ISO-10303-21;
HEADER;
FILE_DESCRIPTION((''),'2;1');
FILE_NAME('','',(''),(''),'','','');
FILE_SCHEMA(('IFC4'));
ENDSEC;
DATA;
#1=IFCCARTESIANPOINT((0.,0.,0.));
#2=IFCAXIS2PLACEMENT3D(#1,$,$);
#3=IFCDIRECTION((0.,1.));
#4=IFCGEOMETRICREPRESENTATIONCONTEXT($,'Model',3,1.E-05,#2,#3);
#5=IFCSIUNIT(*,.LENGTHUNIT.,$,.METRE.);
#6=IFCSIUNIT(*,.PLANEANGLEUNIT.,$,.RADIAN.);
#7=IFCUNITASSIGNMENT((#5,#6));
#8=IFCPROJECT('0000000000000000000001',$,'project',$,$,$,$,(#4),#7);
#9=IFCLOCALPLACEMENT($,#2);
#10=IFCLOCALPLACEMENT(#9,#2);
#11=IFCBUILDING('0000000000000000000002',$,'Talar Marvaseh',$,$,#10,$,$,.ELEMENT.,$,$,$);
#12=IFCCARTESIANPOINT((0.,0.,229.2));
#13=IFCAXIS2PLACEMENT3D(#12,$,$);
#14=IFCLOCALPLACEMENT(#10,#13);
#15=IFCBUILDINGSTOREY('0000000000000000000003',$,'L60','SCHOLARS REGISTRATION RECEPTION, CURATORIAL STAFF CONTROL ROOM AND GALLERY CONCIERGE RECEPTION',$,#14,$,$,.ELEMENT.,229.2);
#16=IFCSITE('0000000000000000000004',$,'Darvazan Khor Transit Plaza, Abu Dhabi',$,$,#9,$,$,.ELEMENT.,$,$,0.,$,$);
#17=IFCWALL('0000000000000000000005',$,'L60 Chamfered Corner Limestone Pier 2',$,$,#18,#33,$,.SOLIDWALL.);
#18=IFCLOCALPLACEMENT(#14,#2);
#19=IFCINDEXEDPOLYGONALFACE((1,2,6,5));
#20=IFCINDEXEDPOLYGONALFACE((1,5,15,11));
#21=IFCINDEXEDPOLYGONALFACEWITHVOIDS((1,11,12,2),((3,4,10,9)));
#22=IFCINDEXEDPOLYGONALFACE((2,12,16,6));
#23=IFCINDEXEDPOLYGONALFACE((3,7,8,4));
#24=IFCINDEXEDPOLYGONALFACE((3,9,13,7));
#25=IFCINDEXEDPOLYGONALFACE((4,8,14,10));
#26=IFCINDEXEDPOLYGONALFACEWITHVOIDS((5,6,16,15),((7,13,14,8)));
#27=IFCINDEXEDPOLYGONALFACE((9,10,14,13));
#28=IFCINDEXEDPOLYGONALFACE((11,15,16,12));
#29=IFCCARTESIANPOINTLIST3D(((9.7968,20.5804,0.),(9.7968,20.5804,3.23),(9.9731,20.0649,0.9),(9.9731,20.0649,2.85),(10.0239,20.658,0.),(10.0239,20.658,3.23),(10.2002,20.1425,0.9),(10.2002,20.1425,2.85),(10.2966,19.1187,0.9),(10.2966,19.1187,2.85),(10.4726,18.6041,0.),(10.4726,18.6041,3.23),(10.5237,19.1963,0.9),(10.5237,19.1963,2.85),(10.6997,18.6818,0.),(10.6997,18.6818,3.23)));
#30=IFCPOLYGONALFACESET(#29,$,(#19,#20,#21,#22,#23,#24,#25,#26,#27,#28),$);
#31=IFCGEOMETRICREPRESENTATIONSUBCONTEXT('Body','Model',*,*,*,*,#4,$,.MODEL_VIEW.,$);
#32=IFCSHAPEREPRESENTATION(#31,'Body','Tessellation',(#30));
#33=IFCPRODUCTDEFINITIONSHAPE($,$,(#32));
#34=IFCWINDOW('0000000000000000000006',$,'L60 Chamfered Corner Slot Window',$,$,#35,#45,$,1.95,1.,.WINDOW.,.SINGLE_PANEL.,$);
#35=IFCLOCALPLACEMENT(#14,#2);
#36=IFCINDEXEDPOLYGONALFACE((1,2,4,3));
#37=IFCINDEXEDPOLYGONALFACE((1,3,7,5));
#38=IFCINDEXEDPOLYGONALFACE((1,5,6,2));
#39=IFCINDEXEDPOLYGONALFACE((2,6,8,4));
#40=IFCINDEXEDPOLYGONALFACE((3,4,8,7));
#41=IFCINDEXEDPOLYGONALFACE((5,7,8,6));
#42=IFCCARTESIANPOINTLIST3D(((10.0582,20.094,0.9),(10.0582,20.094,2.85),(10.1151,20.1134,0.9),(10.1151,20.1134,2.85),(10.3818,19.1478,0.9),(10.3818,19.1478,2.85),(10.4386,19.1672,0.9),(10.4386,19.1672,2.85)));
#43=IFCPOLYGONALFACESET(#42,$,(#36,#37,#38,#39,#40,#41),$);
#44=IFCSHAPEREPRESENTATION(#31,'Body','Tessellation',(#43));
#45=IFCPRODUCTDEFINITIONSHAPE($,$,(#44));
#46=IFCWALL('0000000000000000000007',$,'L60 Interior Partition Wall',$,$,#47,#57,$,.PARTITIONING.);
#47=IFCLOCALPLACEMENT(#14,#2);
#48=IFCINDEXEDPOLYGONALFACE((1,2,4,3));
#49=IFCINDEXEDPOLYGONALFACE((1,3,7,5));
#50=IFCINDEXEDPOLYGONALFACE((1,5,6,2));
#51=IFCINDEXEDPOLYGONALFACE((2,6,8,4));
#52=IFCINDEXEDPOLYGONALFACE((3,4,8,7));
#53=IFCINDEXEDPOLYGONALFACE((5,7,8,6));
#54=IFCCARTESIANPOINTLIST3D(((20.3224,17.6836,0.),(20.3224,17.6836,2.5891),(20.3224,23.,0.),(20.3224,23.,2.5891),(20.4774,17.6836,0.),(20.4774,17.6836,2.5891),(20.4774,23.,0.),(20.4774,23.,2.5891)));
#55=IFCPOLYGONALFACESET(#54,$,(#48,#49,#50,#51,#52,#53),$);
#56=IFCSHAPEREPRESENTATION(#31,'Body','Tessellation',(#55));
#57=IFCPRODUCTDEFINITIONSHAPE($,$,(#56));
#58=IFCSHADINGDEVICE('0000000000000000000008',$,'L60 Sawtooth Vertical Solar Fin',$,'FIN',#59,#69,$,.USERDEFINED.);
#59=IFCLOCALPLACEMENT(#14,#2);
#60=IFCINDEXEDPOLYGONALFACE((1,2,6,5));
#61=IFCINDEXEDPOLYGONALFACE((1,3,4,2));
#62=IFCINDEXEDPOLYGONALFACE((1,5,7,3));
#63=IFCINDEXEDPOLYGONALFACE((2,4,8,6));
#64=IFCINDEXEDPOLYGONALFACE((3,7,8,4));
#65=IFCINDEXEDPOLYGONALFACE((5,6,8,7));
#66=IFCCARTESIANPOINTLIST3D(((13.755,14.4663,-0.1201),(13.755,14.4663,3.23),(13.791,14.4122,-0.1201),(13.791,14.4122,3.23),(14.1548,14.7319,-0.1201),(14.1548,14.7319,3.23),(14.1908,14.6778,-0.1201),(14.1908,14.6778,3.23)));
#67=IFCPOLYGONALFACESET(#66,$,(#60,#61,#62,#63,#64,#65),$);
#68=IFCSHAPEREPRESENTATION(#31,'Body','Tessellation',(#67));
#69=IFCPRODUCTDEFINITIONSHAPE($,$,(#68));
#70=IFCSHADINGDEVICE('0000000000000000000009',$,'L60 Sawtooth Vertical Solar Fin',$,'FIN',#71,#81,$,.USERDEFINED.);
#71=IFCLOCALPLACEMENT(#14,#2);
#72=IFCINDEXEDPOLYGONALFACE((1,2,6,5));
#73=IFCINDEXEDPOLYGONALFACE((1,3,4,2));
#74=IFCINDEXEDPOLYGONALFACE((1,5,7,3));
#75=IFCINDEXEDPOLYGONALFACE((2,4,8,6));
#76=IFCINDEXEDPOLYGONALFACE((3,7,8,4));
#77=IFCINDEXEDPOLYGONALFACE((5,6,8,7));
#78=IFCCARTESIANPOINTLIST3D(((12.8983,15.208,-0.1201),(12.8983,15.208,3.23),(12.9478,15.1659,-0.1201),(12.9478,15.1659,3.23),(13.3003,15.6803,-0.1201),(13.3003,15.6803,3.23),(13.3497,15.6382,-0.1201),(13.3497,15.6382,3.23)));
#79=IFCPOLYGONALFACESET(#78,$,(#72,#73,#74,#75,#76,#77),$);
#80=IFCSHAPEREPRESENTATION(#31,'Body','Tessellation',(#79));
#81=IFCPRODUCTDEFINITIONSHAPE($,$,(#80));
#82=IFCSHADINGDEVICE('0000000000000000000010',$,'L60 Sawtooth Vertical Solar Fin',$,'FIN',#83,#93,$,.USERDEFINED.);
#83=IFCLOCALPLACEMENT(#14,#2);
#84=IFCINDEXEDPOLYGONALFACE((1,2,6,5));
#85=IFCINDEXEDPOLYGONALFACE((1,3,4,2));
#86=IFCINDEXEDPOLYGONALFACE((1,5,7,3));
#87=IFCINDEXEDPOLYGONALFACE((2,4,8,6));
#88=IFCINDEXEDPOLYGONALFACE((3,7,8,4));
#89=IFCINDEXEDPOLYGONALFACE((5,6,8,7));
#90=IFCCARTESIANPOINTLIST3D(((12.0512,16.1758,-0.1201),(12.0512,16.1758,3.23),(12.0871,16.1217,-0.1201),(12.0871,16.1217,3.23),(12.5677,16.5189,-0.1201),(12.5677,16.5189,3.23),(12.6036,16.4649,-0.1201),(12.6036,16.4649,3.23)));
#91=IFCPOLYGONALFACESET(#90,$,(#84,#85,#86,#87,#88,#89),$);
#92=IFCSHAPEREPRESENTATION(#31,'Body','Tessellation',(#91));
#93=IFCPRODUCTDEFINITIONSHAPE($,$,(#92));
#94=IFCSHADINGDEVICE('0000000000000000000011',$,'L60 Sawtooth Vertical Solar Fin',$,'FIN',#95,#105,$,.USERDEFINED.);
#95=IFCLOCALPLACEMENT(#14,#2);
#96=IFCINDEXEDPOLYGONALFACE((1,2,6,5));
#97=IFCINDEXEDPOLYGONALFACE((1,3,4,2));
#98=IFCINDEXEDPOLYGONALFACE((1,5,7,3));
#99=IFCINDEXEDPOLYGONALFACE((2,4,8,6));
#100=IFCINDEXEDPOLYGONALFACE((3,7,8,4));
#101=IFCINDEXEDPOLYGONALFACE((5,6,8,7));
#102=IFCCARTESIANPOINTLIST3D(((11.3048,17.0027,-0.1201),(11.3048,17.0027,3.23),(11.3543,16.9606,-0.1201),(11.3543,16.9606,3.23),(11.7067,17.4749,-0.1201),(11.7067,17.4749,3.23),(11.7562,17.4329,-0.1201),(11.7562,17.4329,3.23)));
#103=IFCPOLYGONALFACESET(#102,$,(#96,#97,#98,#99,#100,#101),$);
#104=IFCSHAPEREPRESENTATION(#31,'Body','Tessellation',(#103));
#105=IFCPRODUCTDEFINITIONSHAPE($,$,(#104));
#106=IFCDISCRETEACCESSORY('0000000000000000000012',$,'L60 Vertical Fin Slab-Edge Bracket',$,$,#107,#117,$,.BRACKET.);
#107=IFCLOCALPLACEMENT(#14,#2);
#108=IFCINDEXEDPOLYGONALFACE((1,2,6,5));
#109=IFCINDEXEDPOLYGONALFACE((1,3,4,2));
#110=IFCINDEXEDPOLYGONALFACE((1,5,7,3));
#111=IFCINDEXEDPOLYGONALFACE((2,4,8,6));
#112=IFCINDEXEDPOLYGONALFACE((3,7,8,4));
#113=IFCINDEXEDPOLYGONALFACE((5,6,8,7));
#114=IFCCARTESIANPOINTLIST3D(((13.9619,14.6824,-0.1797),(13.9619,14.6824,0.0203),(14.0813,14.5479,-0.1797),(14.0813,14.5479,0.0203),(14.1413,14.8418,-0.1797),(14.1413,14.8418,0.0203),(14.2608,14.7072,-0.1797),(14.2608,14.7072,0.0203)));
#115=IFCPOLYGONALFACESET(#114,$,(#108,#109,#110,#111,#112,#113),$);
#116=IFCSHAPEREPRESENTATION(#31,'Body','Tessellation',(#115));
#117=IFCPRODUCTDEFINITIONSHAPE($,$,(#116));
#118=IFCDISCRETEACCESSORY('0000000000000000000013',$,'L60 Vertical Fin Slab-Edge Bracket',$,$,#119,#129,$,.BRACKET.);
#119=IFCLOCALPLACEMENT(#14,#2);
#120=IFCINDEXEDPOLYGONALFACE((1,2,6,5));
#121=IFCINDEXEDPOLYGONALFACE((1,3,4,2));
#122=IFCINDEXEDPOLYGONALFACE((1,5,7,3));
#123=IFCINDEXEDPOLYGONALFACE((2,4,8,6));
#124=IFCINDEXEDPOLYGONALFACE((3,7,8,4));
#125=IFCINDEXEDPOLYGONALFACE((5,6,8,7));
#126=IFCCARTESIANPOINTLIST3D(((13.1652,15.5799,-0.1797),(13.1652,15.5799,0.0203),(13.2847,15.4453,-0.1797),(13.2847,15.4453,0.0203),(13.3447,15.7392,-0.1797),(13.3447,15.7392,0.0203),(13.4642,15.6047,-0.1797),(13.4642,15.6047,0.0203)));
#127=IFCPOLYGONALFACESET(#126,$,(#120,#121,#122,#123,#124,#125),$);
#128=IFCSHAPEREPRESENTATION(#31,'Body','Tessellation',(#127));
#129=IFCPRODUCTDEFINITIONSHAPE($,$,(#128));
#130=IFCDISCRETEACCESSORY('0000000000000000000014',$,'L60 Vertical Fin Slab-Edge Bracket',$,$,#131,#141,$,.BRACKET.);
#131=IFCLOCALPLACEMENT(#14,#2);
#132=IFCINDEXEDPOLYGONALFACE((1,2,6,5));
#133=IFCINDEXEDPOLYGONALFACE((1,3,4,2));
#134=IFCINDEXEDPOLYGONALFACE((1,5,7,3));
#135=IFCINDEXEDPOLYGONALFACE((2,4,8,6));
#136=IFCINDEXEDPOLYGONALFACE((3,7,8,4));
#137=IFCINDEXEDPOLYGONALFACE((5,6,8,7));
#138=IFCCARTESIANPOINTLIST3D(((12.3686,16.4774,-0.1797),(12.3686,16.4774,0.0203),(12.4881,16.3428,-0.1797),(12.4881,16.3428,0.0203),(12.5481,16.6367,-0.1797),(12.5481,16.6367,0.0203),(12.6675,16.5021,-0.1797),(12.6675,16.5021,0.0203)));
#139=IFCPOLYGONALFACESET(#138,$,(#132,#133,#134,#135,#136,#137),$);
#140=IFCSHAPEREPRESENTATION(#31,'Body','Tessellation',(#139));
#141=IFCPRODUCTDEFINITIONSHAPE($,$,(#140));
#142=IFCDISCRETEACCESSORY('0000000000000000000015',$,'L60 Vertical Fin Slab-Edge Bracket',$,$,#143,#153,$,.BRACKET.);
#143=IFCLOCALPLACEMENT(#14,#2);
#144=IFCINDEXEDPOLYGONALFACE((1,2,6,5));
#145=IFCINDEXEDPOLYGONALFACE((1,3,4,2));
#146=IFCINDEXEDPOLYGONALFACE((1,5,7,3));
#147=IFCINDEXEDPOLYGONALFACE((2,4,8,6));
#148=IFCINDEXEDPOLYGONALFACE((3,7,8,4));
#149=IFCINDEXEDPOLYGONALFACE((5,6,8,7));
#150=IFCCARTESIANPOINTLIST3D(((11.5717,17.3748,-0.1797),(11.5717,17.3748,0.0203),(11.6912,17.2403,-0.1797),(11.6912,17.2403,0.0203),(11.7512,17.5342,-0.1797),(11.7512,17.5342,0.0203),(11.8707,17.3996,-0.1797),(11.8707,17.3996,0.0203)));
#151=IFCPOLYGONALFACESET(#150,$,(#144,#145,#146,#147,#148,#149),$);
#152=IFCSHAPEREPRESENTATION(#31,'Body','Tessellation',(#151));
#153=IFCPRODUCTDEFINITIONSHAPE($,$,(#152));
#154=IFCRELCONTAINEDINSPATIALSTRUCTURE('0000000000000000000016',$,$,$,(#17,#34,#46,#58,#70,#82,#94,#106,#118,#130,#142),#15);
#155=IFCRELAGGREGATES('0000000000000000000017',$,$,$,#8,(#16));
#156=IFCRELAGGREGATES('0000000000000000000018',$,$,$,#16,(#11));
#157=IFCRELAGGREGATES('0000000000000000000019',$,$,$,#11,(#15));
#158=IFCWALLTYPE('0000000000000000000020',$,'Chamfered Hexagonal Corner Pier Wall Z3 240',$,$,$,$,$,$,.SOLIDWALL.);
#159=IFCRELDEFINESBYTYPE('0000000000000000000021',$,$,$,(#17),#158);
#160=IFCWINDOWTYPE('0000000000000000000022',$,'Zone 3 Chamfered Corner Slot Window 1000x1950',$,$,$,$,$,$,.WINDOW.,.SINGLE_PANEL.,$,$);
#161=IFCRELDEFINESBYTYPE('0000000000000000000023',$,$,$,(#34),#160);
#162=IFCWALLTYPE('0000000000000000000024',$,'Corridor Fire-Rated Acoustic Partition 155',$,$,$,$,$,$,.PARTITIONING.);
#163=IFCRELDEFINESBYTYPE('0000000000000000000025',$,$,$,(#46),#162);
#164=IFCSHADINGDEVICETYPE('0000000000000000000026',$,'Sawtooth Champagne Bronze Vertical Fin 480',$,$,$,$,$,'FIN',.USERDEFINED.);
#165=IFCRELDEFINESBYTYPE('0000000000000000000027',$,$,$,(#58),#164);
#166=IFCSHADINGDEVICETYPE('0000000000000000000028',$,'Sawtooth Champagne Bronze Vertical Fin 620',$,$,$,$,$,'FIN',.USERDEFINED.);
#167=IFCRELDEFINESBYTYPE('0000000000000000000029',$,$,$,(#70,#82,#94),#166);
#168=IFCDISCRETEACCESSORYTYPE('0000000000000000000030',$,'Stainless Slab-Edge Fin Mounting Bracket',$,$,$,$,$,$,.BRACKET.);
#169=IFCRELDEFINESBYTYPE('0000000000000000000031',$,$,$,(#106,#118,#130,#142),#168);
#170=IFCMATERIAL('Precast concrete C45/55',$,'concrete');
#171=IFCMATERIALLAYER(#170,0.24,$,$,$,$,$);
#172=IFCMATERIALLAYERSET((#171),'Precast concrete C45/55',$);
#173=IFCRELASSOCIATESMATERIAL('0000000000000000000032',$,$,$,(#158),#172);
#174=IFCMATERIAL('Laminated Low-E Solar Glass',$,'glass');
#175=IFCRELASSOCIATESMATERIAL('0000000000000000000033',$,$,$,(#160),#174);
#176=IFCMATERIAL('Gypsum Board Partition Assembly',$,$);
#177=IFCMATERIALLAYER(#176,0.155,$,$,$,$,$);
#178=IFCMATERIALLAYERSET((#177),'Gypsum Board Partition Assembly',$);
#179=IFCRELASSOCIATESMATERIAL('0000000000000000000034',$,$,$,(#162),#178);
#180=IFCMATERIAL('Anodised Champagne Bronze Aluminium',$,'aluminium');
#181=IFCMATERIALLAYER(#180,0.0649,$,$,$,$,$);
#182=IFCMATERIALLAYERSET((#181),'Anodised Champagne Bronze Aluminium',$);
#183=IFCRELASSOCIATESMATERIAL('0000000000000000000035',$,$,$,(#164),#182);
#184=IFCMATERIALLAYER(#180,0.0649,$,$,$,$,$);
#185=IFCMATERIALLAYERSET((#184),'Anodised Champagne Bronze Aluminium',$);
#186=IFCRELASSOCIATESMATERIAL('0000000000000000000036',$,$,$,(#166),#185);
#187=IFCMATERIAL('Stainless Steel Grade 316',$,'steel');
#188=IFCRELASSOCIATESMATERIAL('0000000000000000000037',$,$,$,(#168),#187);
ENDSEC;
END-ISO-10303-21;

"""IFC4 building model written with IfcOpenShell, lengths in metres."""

from ifc_helpers import new_model, si_unit, direction, frame, frame_2d, origin, origin_2d, place, context, subcontext, project, spatial, rectangle, extrude, source, transform, mapped, material, layer, layer_set, type_object, type_shapes, element, fill, save


model = new_model("IFC4")

# Units and contexts
model_context = context("Model", 3, precision=1e-05, world=origin(), true_north=direction((0.0, 1.0)))
body_context = subcontext(model_context, "Body", "Model", "MODEL_VIEW")
ifc_project = project(units=[si_unit("LENGTHUNIT", "METRE"), si_unit("PLANEANGLEUNIT", "RADIAN")], contexts=[model_context])

# Site, building, storey
site_placement = place(None, origin())
site = spatial("IfcSite", under=ifc_project, at=site_placement, Name="Darvazan Khor Transit Plaza, Abu Dhabi", CompositionType="ELEMENT", RefElevation=0.0)
building_placement = place(site_placement, origin())
building = spatial("IfcBuilding", under=site, at=building_placement, Name="Talar Marvaseh", CompositionType="ELEMENT")
storey_placement = place(building_placement, frame((0.0, 0.0, 229.2)))
storey = spatial("IfcBuildingStorey", under=building, at=storey_placement, Name="L60", Description="SCHOLARS REGISTRATION RECEPTION, CURATORIAL STAFF CONTROL ROOM AND GALLERY CONCIERGE RECEPTION", CompositionType="ELEMENT", Elevation=229.2)

# Shared definitions
ifc_material_1 = material(Name="Laminated Low-E Solar Glass", Category="glass")

# Wall, opening, window
ifc_material_2 = material(Name="Precast concrete C45/55", Category="concrete")
ifc_layer_1 = layer(ifc_material_2, 0.24)
ifc_layer_set_1 = layer_set([ifc_layer_1], Name="Precast concrete C45/55")
wall_type_1 = type_object("IfcWallType", Name="Chamfered Hexagonal Corner Pier Wall Z3 240", PredefinedType="SOLIDWALL", material=ifc_layer_set_1)
wall_1_placement = place(storey_placement, frame((10.5862, 18.6428, 0.0), z_axis=(0.0, 0.0, 1.0), x_axis=(-0.323547, 0.946212, 0.0)))
wall_1 = element("IfcWall", 1, at=wall_1_placement, inside=storey, type_object=wall_type_1, Name="L60 Chamfered Corner Limestone Pier 2", PredefinedType="SOLIDWALL", context=body_context, shape_type="SweptSolid", body=[
    extrude(rectangle(XDim=2.0886, YDim=0.24, at=frame_2d((1.0444, 0.0))), origin(), (0.0, 0.0, 1.0), 3.23),
])
opening_placement = place(wall_1_placement, frame((0.5439, 0.0, 0.8999)))
opening = element("IfcOpeningElement", 2, at=opening_placement, cuts=wall_1, PredefinedType="OPENING", context=body_context, shape_type="SweptSolid", body=[
    extrude(rectangle(XDim=1.0, YDim=1.95, at=frame_2d((0.5, 0.9751))), frame((0.0, 0.1299, 0.0), z_axis=(0.0, -1.0, 0.0), x_axis=(1.0, 0.0, 0.0)), (0.0, 0.0, 1.0), 0.26),
])
window_type = type_object("IfcWindowType", Name="Zone 3 Chamfered Corner Slot Window 1000x1950", PartitioningType="SINGLE_PANEL", PredefinedType="WINDOW", material=ifc_material_1)
shared_shape_1 = source(origin(), body_context, "Body", "SweptSolid", [
    extrude(rectangle(XDim=1.0, YDim=1.95, at=frame_2d((0.5, 0.9751))), frame((0.0, 0.03, 0.0), z_axis=(0.0, -1.0, 0.0), x_axis=(1.0, 0.0, 0.0)), (0.0, 0.0, 1.0), 0.0601),
])
type_shapes(window_type, [shared_shape_1])
window_placement = place(opening_placement, origin())
window = element("IfcWindow", 3, at=window_placement, inside=storey, type_object=window_type, Name="L60 Chamfered Corner Slot Window", OverallHeight=1.95, OverallWidth=1.0, PartitioningType="SINGLE_PANEL", PredefinedType="WINDOW", context=body_context, shape_type="MappedRepresentation", body=[
    mapped(shared_shape_1, transform((0.0, 0.0, 0.0), x_axis=(1.0, 0.0, 0.0), y_axis=(0.0, 1.0, 0.0), z_axis=(0.0, 0.0, 1.0), scale=1.0)),
])
fill(opening, window)

# Wall
ifc_material_3 = material(Name="Gypsum Board Partition Assembly")
ifc_layer_2 = layer(ifc_material_3, 0.155)
ifc_layer_set_2 = layer_set([ifc_layer_2], Name="Gypsum Board Partition Assembly")
wall_type_2 = type_object("IfcWallType", Name="Corridor Fire-Rated Acoustic Partition 155", PredefinedType="PARTITIONING", material=ifc_layer_set_2)
wall_2_placement = place(storey_placement, frame((20.3999, 17.6836, 0.0), z_axis=(0.0, 0.0, 1.0), x_axis=(0.0, 1.0, 0.0)))
element("IfcWall", 4, at=wall_2_placement, inside=storey, type_object=wall_type_2, Name="L60 Interior Partition Wall", PredefinedType="PARTITIONING", context=body_context, shape_type="SweptSolid", body=[
    extrude(rectangle(XDim=5.3164, YDim=0.155, at=frame_2d((2.6582, 0.0))), origin(), (0.0, 0.0, 1.0), 2.5891),
])

# Shading devices
ifc_material_4 = material(Name="Anodised Champagne Bronze Aluminium", Category="aluminium")
ifc_layer_3 = layer(ifc_material_4, 0.0649)
ifc_layer_set_3 = layer_set([ifc_layer_3], Name="Anodised Champagne Bronze Aluminium")
shading_device_type_1 = type_object("IfcShadingDeviceType", Name="Sawtooth Champagne Bronze Vertical Fin 480", ElementType="FIN", PredefinedType="USERDEFINED", material=ifc_layer_set_3)
shared_shape_2 = source(origin(), body_context, "Body", "SweptSolid", [
    extrude(rectangle(XDim=0.48, YDim=0.0649, at=origin_2d()), origin(), (0.0, 0.0, 1.0), 3.3501),
])
type_shapes(shading_device_type_1, [shared_shape_2])
shading_device_placement = place(storey_placement, frame((13.9729, 14.572, -0.1201), z_axis=(0.0, 0.0, 1.0), x_axis=(-0.832921, -0.553392, 0.0)))
element("IfcShadingDevice", 5, at=shading_device_placement, inside=storey, type_object=shading_device_type_1, Name="L60 Sawtooth Vertical Solar Fin", ObjectType="FIN", PredefinedType="USERDEFINED", context=body_context, shape_type="MappedRepresentation", body=[
    mapped(shared_shape_2, transform((0.0, 0.0, 0.0), x_axis=(1.0, 0.0, 0.0), y_axis=(0.0, 1.0, 0.0), z_axis=(0.0, 0.0, 1.0), scale=1.0)),
])
ifc_layer_4 = layer(ifc_material_4, 0.0649)
ifc_layer_set_4 = layer_set([ifc_layer_4], Name="Anodised Champagne Bronze Aluminium")
shading_device_type_2 = type_object("IfcShadingDeviceType", Name="Sawtooth Champagne Bronze Vertical Fin 620", ElementType="FIN", PredefinedType="USERDEFINED", material=ifc_layer_set_4)
shared_shape_3 = source(origin(), body_context, "Body", "SweptSolid", [
    extrude(rectangle(XDim=0.6201, YDim=0.0649, at=origin_2d()), origin(), (0.0, 0.0, 1.0), 3.3501),
])
type_shapes(shading_device_type_2, [shared_shape_3])
for number, where, z_axis, x_axis, name in (
    (6, (13.124, 15.4231, -0.1201), (0.0, 0.0, 1.0), (-0.64812, -0.761538, 0.0), "L60 Sawtooth Vertical Solar Fin"),
    (7, (12.3274, 16.3203, -0.1201), (0.0, 0.0, 1.0), (-0.832921, -0.553392, 0.0), "L60 Sawtooth Vertical Solar Fin"),
    (8, (11.5305, 17.2178, -0.1201), (0.0, 0.0, 1.0), (-0.64812, -0.761538, 0.0), "L60 Sawtooth Vertical Solar Fin"),
):
    element("IfcShadingDevice", number, at=place(storey_placement, frame(where, z_axis=z_axis, x_axis=x_axis)), inside=storey, type_object=shading_device_type_2, Name=name, ObjectType="FIN", PredefinedType="USERDEFINED", context=body_context, shape_type="MappedRepresentation", body=[
        mapped(shared_shape_3, transform((0.0, 0.0, 0.0), x_axis=(1.0, 0.0, 0.0), y_axis=(0.0, 1.0, 0.0), z_axis=(0.0, 0.0, 1.0), scale=1.0)),
    ])

# Discrete accessories
ifc_material_5 = material(Name="Stainless Steel Grade 316", Category="steel")
discrete_accessory_type = type_object("IfcDiscreteAccessoryType", Name="Stainless Slab-Edge Fin Mounting Bracket", PredefinedType="BRACKET", material=ifc_material_5)
shared_shape_4 = source(origin(), body_context, "Body", "SweptSolid", [
    extrude(rectangle(XDim=0.24, YDim=0.1799, at=origin_2d()), origin(), (0.0, 0.0, 1.0), 0.2),
])
type_shapes(discrete_accessory_type, [shared_shape_4])
for number, where, z_axis, x_axis, name in (
    (9, (14.1113, 14.6948, -0.1797), (0.0, 0.0, 1.0), (-0.747798, -0.663926, 0.0), "L60 Vertical Fin Slab-Edge Bracket"),
    (10, (13.3147, 15.5923, -0.1797), (0.0, 0.0, 1.0), (-0.747798, -0.663926, 0.0), "L60 Vertical Fin Slab-Edge Bracket"),
    (11, (12.5181, 16.4897, -0.1797), (0.0, 0.0, 1.0), (-0.747798, -0.663926, 0.0), "L60 Vertical Fin Slab-Edge Bracket"),
    (12, (11.7212, 17.3872, -0.1797), (0.0, 0.0, 1.0), (-0.747798, -0.663926, 0.0), "L60 Vertical Fin Slab-Edge Bracket"),
):
    element("IfcDiscreteAccessory", number, at=place(storey_placement, frame(where, z_axis=z_axis, x_axis=x_axis)), inside=storey, type_object=discrete_accessory_type, Name=name, PredefinedType="BRACKET", context=body_context, shape_type="MappedRepresentation", body=[
        mapped(shared_shape_4, transform((0.0, 0.0, 0.0), x_axis=(1.0, 0.0, 0.0), y_axis=(0.0, 1.0, 0.0), z_axis=(0.0, 0.0, 1.0), scale=1.0)),
    ])

save(model, "model.ifc")
